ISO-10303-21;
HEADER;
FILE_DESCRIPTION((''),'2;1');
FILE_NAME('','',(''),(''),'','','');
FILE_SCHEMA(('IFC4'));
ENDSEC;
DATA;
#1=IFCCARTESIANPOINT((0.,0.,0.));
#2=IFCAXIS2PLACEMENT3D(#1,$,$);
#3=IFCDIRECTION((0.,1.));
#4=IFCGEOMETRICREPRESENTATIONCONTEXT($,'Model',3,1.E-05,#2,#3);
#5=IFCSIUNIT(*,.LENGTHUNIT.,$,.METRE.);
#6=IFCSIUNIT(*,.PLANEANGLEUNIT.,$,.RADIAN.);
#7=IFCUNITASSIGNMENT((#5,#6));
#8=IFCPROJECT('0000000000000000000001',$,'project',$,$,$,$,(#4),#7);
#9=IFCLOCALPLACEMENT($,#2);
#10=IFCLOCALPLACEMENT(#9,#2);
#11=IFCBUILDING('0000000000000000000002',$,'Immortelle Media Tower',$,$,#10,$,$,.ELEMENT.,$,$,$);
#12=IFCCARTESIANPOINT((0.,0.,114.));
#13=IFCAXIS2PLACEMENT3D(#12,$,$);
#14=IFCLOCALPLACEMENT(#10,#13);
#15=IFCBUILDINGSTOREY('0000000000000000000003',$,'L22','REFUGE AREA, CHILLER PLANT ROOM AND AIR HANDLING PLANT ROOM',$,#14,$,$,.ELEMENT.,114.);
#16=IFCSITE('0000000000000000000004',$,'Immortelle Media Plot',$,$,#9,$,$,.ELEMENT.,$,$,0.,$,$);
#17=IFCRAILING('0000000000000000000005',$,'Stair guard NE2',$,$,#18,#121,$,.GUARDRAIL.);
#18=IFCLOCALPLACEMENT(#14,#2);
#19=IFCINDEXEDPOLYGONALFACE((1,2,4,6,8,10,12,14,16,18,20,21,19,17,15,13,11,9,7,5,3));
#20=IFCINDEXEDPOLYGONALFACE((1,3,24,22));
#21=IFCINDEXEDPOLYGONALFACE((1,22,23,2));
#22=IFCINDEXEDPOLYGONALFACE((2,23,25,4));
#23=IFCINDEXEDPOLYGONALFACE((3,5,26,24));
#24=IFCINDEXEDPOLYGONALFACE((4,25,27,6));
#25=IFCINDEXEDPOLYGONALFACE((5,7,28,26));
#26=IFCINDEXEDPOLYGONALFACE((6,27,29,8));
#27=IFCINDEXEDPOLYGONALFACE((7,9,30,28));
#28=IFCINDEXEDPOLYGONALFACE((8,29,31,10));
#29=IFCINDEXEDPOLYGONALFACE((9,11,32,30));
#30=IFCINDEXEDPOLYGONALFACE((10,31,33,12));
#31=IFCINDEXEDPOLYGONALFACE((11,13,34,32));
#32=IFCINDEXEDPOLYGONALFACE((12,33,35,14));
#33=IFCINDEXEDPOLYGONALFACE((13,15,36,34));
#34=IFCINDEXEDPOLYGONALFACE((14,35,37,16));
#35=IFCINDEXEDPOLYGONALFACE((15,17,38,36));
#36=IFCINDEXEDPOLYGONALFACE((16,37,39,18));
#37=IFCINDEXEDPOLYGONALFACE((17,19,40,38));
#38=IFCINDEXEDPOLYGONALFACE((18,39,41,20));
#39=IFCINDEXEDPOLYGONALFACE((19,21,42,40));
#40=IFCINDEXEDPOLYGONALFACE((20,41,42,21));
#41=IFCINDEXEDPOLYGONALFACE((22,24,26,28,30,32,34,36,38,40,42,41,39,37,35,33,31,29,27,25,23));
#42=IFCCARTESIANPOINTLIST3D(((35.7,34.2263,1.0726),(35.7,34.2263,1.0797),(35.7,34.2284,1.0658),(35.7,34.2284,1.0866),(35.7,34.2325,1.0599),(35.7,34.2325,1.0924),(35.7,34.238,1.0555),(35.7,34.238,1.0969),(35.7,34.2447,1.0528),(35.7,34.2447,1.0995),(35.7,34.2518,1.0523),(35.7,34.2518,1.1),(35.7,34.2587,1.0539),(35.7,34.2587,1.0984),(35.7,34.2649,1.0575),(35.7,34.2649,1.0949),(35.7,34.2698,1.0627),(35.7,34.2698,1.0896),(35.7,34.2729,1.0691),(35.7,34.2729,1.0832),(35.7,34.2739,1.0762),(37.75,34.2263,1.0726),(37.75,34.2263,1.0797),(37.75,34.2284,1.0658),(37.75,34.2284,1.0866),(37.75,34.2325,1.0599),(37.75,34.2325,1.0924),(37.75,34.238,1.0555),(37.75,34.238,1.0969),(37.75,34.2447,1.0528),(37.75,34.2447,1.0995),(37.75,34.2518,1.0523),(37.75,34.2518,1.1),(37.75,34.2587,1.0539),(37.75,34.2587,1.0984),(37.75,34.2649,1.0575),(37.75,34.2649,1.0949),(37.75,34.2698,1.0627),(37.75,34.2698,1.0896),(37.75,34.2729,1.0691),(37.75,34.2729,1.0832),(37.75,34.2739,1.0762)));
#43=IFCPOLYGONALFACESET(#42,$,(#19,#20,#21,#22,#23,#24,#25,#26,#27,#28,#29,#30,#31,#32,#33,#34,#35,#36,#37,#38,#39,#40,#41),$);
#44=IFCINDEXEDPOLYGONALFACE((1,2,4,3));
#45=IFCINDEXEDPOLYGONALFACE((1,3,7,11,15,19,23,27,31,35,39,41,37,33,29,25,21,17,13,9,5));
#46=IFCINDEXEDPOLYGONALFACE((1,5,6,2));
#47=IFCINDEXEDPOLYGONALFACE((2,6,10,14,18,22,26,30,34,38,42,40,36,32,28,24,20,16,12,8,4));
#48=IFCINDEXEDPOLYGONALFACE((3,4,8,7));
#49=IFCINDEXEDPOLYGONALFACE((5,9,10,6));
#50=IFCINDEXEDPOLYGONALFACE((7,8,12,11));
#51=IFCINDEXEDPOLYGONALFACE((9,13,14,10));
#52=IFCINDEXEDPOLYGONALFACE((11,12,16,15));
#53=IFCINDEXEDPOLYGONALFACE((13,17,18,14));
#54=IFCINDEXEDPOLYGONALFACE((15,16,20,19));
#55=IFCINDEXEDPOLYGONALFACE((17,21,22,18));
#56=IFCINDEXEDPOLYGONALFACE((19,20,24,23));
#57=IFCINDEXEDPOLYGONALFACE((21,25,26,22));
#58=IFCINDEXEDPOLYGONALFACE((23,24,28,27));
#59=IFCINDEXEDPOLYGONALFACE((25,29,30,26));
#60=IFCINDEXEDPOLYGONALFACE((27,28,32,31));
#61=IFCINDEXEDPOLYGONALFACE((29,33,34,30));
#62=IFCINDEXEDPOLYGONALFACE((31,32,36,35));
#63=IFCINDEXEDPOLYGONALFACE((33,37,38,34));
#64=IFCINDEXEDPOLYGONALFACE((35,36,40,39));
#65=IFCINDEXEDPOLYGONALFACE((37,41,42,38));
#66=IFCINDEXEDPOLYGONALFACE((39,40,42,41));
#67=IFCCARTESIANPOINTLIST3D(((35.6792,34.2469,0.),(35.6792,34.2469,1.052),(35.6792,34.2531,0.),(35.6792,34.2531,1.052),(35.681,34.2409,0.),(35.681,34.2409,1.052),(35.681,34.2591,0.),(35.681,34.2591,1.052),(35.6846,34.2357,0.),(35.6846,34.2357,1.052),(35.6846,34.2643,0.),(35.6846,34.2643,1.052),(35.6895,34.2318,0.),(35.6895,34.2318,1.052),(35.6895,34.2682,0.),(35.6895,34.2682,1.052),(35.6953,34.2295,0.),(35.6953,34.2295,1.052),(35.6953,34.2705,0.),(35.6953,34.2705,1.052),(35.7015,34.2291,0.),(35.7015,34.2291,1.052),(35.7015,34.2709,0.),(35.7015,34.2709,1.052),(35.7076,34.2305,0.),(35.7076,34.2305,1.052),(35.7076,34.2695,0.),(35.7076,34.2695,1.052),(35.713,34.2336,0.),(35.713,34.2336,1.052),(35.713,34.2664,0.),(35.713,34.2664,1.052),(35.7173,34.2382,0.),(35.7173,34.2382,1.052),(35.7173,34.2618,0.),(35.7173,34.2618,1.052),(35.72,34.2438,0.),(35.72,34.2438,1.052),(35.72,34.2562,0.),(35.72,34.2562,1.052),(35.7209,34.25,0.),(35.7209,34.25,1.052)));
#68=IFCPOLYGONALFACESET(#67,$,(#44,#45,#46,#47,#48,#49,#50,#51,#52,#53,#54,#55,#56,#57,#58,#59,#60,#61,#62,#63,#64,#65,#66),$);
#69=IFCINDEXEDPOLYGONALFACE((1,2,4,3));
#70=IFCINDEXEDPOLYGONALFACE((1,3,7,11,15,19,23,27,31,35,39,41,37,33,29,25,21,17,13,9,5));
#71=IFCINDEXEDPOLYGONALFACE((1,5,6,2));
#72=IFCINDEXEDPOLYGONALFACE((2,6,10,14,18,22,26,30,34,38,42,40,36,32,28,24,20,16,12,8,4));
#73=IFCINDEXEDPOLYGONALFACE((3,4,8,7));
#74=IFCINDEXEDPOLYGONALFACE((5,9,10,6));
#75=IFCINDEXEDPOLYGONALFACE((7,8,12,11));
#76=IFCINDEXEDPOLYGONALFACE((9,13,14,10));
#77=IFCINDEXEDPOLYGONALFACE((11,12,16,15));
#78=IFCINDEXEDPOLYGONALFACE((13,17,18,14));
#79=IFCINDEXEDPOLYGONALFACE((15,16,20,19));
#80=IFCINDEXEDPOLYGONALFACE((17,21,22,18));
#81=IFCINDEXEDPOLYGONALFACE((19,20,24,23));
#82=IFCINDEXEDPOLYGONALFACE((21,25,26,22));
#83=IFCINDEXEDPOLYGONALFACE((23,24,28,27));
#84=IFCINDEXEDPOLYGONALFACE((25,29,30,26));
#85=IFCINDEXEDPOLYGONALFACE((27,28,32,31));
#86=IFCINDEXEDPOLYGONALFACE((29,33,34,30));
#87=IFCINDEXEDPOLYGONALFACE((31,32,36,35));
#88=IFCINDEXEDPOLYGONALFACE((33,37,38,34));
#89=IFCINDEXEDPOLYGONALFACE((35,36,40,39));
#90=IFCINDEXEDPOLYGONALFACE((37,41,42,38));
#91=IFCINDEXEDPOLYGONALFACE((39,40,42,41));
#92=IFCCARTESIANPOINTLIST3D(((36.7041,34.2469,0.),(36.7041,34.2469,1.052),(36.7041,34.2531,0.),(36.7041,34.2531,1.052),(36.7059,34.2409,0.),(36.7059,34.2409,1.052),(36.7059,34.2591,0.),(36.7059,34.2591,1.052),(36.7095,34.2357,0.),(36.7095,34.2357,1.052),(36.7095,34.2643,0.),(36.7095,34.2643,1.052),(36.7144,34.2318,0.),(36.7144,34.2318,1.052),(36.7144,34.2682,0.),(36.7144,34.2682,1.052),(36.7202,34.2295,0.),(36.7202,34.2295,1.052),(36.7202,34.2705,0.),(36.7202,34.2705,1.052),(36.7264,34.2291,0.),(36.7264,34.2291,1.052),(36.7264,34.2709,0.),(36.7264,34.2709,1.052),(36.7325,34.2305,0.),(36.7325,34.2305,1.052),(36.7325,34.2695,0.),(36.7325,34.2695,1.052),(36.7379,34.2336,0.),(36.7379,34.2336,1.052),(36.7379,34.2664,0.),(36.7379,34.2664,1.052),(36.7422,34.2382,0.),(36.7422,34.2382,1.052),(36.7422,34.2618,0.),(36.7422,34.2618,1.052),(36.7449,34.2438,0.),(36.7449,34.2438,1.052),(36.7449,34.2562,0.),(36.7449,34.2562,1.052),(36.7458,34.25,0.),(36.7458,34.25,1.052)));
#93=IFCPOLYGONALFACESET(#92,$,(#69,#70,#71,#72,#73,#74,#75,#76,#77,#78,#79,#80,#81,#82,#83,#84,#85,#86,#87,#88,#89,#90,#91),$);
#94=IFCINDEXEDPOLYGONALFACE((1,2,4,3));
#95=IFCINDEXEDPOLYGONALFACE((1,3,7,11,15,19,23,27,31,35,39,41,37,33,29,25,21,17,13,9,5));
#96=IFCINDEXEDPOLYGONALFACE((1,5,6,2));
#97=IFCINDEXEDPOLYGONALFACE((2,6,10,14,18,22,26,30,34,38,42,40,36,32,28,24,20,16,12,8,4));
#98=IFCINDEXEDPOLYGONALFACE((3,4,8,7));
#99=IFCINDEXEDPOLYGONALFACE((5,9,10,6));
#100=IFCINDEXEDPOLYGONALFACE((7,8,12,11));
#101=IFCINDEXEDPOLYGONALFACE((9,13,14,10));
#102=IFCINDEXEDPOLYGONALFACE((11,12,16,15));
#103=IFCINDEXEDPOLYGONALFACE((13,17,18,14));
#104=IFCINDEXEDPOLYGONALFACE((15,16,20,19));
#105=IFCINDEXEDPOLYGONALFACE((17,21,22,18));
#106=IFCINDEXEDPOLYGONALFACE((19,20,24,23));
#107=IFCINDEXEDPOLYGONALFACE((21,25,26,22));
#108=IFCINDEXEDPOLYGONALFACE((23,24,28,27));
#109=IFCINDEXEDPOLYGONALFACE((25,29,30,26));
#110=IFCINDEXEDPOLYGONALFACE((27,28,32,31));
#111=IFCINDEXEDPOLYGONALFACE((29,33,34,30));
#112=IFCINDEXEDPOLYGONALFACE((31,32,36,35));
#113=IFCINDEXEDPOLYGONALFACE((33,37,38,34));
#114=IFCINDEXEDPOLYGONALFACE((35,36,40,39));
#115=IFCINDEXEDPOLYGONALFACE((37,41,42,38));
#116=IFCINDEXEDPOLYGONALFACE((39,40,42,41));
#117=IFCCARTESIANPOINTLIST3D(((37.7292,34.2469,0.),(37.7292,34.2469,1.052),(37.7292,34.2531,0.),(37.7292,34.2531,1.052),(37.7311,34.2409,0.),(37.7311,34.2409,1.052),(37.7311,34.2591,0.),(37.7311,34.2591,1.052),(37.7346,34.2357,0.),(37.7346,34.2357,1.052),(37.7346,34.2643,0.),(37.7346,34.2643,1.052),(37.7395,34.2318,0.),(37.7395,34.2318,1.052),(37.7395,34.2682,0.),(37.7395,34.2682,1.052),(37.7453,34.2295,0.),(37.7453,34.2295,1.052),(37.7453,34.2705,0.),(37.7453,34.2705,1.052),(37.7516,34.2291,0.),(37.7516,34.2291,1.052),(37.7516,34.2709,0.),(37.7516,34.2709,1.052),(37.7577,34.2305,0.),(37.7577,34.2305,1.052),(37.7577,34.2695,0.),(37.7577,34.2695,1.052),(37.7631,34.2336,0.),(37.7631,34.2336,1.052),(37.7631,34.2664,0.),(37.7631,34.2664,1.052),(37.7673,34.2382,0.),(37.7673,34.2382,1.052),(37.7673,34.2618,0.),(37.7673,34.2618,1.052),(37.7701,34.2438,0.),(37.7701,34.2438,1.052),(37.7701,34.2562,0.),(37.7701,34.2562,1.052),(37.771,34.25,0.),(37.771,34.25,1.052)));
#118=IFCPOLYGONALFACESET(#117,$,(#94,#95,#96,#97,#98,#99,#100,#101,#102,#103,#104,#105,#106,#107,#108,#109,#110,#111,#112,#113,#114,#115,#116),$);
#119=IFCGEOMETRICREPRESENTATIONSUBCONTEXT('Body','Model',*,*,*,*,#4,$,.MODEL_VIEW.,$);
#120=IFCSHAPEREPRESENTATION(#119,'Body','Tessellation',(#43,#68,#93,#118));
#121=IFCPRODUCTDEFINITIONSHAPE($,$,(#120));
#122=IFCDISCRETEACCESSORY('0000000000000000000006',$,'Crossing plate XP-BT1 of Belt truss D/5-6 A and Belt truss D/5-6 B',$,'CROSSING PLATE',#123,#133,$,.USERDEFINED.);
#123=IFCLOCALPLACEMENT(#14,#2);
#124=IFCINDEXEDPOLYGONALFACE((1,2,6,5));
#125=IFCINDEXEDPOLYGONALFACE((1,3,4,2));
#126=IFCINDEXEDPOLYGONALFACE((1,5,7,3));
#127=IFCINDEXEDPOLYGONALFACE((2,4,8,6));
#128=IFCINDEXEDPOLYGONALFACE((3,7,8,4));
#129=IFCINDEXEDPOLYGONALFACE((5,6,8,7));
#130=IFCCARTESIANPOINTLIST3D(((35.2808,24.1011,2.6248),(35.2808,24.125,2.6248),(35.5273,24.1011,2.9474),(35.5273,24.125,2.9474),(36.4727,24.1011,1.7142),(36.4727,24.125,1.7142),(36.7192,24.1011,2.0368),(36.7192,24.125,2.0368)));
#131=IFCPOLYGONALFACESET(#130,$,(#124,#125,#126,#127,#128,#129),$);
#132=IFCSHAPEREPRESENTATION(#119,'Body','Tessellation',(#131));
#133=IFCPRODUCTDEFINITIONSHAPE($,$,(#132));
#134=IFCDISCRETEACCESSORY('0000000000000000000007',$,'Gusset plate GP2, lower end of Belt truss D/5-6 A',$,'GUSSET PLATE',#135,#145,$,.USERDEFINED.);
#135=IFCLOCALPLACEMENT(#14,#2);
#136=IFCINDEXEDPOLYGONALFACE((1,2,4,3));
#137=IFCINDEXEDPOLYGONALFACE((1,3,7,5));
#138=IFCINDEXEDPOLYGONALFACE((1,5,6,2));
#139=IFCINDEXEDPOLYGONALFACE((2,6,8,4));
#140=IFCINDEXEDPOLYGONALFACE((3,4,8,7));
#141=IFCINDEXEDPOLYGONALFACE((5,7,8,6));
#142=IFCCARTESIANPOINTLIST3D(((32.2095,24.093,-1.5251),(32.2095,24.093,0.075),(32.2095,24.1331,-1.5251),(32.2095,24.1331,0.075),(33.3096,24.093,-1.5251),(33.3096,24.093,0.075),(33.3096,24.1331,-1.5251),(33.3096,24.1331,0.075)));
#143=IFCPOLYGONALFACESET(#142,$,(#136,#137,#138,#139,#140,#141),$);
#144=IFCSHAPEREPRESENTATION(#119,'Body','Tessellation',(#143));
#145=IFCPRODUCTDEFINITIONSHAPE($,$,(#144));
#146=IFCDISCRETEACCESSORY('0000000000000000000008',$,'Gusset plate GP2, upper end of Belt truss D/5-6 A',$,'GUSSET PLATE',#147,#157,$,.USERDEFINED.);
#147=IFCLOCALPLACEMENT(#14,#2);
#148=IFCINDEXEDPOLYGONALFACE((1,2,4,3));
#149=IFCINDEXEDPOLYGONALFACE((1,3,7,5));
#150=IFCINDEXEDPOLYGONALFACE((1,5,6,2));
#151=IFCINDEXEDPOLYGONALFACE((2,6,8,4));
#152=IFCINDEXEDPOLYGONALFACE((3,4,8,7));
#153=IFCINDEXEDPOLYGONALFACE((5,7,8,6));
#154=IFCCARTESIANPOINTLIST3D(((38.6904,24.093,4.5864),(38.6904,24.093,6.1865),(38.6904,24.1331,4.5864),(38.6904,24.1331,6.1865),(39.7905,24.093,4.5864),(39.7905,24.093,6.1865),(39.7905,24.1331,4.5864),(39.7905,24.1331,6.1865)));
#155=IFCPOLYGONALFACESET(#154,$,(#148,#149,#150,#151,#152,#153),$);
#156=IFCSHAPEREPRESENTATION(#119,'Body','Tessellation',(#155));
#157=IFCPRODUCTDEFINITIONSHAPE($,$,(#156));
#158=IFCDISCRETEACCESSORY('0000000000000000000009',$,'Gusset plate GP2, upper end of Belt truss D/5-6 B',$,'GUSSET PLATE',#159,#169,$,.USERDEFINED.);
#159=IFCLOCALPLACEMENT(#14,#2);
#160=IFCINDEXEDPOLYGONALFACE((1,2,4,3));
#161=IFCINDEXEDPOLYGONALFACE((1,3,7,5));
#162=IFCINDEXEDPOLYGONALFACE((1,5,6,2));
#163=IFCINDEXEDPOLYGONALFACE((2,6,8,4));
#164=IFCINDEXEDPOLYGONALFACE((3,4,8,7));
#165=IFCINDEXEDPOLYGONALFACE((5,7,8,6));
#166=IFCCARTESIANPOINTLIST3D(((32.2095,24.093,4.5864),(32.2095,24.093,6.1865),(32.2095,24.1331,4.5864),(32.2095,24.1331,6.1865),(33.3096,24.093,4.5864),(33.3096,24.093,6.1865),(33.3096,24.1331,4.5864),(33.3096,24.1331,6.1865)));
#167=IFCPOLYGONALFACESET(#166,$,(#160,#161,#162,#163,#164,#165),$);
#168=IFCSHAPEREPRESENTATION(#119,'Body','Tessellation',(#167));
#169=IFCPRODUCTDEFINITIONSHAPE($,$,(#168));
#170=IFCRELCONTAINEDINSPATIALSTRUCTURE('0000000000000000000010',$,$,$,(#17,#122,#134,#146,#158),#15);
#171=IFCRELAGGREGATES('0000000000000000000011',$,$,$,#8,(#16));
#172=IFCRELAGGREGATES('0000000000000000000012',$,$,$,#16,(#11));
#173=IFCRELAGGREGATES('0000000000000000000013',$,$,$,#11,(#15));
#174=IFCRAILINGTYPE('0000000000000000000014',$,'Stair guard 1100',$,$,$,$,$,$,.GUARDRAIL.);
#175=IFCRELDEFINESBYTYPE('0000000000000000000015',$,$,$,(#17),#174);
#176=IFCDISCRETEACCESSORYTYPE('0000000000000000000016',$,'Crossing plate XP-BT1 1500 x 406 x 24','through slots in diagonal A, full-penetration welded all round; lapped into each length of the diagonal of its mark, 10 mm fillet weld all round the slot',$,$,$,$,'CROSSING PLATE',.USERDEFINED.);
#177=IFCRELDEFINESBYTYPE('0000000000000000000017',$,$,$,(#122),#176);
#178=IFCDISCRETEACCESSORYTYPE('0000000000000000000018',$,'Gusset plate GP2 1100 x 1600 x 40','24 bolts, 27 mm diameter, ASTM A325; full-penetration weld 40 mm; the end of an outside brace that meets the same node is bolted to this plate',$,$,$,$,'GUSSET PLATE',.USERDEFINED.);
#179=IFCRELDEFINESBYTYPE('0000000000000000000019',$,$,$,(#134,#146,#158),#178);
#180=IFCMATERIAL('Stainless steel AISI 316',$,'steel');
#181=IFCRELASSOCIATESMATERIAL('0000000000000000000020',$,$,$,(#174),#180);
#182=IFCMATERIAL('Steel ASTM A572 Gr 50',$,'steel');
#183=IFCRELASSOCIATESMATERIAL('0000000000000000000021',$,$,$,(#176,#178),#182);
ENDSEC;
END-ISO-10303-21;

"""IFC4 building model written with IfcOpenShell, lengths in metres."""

from ifc_helpers import new_model, si_unit, direction, frame, origin, origin_2d, place, context, subcontext, project, spatial, rectangle, circle, extrude, material, material_profile, profile_set, type_object, element, save


model = new_model("IFC4")

# Units and contexts
model_context = context("Model", 3, precision=1e-05, world=origin(), true_north=direction((0.0, 1.0)))
body_context = subcontext(model_context, "Body", "Model", "MODEL_VIEW")
ifc_project = project(units=[si_unit("LENGTHUNIT", "METRE"), si_unit("PLANEANGLEUNIT", "RADIAN")], contexts=[model_context])

# Site, building, storey
site_placement = place(None, origin())
site = spatial("IfcSite", under=ifc_project, at=site_placement, Name="Immortelle Media Plot", CompositionType="ELEMENT", RefElevation=0.0)
building_placement = place(site_placement, origin())
building = spatial("IfcBuilding", under=site, at=building_placement, Name="Immortelle Media Tower", CompositionType="ELEMENT")
storey_placement = place(building_placement, frame((0.0, 0.0, 114.0)))
storey = spatial("IfcBuildingStorey", under=building, at=storey_placement, Name="L22", Description="REFUGE AREA, CHILLER PLANT ROOM AND AIR HANDLING PLANT ROOM", CompositionType="ELEMENT", Elevation=114.0)

# Railing
ifc_material_1 = material(Name="Stainless steel AISI 316", Category="steel")
railing_type = type_object("IfcRailingType", Name="Stair guard 1100", PredefinedType="GUARDRAIL", material=ifc_material_1)
railing_1_placement = place(storey_placement, frame((35.7, 34.25, 0.0)))
element("IfcRailing", 1, at=railing_1_placement, inside=storey, type_object=railing_type, Name="Stair guard NE2", PredefinedType="GUARDRAIL", context=body_context, shape_type="SweptSolid", body=[
    extrude(circle(Radius=0.0239, at=origin_2d()), frame((0.0, 0.0, 1.0762), z_axis=(1.0, 0.0, 0.0), x_axis=(0.0, 1.0, 0.0)), (0.0, 0.0, 1.0), 2.05),
    extrude(circle(Radius=0.021, at=origin_2d()), origin(), (0.0, 0.0, 1.0), 1.052),
    extrude(circle(Radius=0.021, at=origin_2d()), frame((1.0249, 0.0, 0.0)), (0.0, 0.0, 1.0), 1.052),
    extrude(circle(Radius=0.021, at=origin_2d()), frame((2.05, 0.0, 0.0)), (0.0, 0.0, 1.0), 1.052),
])

# Discrete accessories
ifc_material_2 = material(Name="Steel ASTM A572 Gr 50", Category="steel")
ifc_material_profile_1 = material_profile(ifc_material_2, rectangle(XDim=0.0239, YDim=0.406, at=origin_2d()), Name="PL 24 x 406")
ifc_profile_set_1 = profile_set([ifc_material_profile_1], Name="Steel ASTM A572 Gr 50")
discrete_accessory_type_1 = type_object("IfcDiscreteAccessoryType", Name="Crossing plate XP-BT1 1500 x 406 x 24", Description="through slots in diagonal A, full-penetration welded all round; lapped into each length of the diagonal of its mark, 10 mm fillet weld all round the slot", ElementType="CROSSING PLATE", PredefinedType="USERDEFINED", material=ifc_profile_set_1)
discrete_accessory_placement = place(storey_placement, frame((35.4041, 24.113, 2.7861), z_axis=(0.794616, 0.0, -0.607112), x_axis=(0.0, 1.0, 0.0)))
element("IfcDiscreteAccessory", 2, at=discrete_accessory_placement, inside=storey, type_object=discrete_accessory_type_1, Name="Crossing plate XP-BT1 of Belt truss D/5-6 A and Belt truss D/5-6 B", ObjectType="CROSSING PLATE", PredefinedType="USERDEFINED", context=body_context, shape_type="SweptSolid", body=[
    extrude(rectangle(XDim=0.0239, YDim=0.406, at=origin_2d()), origin(), (0.0, 0.0, 1.0), 1.5),
])
ifc_material_profile_2 = material_profile(ifc_material_2, rectangle(XDim=0.04, YDim=1.6001, at=origin_2d()), Name="PL 40 x 1600")
ifc_profile_set_2 = profile_set([ifc_material_profile_2], Name="Steel ASTM A572 Gr 50")
discrete_accessory_type_2 = type_object("IfcDiscreteAccessoryType", Name="Gusset plate GP2 1100 x 1600 x 40", Description="24 bolts, 27 mm diameter, ASTM A325; full-penetration weld 40 mm; the end of an outside brace that meets the same node is bolted to this plate", ElementType="GUSSET PLATE", PredefinedType="USERDEFINED", material=ifc_profile_set_2)
for number, where, z_axis, x_axis, name in (
    (3, (32.2095, 24.113, -0.7251), (1.0, 0.0, 0.0), (0.0, 1.0, 0.0), "Gusset plate GP2, lower end of Belt truss D/5-6 A"),
    (4, (39.7905, 24.113, 5.3865), (-1.0, 0.0, 0.0), (0.0, -1.0, 0.0), "Gusset plate GP2, upper end of Belt truss D/5-6 A"),
    (5, (32.2095, 24.113, 5.3865), (1.0, 0.0, 0.0), (0.0, 1.0, 0.0), "Gusset plate GP2, upper end of Belt truss D/5-6 B"),
):
    element("IfcDiscreteAccessory", number, at=place(storey_placement, frame(where, z_axis=z_axis, x_axis=x_axis)), inside=storey, type_object=discrete_accessory_type_2, Name=name, ObjectType="GUSSET PLATE", PredefinedType="USERDEFINED", context=body_context, shape_type="SweptSolid", body=[
        extrude(rectangle(XDim=0.04, YDim=1.6001, at=origin_2d()), origin(), (0.0, 0.0, 1.0), 1.1001),
    ])

save(model, "model.ifc")
